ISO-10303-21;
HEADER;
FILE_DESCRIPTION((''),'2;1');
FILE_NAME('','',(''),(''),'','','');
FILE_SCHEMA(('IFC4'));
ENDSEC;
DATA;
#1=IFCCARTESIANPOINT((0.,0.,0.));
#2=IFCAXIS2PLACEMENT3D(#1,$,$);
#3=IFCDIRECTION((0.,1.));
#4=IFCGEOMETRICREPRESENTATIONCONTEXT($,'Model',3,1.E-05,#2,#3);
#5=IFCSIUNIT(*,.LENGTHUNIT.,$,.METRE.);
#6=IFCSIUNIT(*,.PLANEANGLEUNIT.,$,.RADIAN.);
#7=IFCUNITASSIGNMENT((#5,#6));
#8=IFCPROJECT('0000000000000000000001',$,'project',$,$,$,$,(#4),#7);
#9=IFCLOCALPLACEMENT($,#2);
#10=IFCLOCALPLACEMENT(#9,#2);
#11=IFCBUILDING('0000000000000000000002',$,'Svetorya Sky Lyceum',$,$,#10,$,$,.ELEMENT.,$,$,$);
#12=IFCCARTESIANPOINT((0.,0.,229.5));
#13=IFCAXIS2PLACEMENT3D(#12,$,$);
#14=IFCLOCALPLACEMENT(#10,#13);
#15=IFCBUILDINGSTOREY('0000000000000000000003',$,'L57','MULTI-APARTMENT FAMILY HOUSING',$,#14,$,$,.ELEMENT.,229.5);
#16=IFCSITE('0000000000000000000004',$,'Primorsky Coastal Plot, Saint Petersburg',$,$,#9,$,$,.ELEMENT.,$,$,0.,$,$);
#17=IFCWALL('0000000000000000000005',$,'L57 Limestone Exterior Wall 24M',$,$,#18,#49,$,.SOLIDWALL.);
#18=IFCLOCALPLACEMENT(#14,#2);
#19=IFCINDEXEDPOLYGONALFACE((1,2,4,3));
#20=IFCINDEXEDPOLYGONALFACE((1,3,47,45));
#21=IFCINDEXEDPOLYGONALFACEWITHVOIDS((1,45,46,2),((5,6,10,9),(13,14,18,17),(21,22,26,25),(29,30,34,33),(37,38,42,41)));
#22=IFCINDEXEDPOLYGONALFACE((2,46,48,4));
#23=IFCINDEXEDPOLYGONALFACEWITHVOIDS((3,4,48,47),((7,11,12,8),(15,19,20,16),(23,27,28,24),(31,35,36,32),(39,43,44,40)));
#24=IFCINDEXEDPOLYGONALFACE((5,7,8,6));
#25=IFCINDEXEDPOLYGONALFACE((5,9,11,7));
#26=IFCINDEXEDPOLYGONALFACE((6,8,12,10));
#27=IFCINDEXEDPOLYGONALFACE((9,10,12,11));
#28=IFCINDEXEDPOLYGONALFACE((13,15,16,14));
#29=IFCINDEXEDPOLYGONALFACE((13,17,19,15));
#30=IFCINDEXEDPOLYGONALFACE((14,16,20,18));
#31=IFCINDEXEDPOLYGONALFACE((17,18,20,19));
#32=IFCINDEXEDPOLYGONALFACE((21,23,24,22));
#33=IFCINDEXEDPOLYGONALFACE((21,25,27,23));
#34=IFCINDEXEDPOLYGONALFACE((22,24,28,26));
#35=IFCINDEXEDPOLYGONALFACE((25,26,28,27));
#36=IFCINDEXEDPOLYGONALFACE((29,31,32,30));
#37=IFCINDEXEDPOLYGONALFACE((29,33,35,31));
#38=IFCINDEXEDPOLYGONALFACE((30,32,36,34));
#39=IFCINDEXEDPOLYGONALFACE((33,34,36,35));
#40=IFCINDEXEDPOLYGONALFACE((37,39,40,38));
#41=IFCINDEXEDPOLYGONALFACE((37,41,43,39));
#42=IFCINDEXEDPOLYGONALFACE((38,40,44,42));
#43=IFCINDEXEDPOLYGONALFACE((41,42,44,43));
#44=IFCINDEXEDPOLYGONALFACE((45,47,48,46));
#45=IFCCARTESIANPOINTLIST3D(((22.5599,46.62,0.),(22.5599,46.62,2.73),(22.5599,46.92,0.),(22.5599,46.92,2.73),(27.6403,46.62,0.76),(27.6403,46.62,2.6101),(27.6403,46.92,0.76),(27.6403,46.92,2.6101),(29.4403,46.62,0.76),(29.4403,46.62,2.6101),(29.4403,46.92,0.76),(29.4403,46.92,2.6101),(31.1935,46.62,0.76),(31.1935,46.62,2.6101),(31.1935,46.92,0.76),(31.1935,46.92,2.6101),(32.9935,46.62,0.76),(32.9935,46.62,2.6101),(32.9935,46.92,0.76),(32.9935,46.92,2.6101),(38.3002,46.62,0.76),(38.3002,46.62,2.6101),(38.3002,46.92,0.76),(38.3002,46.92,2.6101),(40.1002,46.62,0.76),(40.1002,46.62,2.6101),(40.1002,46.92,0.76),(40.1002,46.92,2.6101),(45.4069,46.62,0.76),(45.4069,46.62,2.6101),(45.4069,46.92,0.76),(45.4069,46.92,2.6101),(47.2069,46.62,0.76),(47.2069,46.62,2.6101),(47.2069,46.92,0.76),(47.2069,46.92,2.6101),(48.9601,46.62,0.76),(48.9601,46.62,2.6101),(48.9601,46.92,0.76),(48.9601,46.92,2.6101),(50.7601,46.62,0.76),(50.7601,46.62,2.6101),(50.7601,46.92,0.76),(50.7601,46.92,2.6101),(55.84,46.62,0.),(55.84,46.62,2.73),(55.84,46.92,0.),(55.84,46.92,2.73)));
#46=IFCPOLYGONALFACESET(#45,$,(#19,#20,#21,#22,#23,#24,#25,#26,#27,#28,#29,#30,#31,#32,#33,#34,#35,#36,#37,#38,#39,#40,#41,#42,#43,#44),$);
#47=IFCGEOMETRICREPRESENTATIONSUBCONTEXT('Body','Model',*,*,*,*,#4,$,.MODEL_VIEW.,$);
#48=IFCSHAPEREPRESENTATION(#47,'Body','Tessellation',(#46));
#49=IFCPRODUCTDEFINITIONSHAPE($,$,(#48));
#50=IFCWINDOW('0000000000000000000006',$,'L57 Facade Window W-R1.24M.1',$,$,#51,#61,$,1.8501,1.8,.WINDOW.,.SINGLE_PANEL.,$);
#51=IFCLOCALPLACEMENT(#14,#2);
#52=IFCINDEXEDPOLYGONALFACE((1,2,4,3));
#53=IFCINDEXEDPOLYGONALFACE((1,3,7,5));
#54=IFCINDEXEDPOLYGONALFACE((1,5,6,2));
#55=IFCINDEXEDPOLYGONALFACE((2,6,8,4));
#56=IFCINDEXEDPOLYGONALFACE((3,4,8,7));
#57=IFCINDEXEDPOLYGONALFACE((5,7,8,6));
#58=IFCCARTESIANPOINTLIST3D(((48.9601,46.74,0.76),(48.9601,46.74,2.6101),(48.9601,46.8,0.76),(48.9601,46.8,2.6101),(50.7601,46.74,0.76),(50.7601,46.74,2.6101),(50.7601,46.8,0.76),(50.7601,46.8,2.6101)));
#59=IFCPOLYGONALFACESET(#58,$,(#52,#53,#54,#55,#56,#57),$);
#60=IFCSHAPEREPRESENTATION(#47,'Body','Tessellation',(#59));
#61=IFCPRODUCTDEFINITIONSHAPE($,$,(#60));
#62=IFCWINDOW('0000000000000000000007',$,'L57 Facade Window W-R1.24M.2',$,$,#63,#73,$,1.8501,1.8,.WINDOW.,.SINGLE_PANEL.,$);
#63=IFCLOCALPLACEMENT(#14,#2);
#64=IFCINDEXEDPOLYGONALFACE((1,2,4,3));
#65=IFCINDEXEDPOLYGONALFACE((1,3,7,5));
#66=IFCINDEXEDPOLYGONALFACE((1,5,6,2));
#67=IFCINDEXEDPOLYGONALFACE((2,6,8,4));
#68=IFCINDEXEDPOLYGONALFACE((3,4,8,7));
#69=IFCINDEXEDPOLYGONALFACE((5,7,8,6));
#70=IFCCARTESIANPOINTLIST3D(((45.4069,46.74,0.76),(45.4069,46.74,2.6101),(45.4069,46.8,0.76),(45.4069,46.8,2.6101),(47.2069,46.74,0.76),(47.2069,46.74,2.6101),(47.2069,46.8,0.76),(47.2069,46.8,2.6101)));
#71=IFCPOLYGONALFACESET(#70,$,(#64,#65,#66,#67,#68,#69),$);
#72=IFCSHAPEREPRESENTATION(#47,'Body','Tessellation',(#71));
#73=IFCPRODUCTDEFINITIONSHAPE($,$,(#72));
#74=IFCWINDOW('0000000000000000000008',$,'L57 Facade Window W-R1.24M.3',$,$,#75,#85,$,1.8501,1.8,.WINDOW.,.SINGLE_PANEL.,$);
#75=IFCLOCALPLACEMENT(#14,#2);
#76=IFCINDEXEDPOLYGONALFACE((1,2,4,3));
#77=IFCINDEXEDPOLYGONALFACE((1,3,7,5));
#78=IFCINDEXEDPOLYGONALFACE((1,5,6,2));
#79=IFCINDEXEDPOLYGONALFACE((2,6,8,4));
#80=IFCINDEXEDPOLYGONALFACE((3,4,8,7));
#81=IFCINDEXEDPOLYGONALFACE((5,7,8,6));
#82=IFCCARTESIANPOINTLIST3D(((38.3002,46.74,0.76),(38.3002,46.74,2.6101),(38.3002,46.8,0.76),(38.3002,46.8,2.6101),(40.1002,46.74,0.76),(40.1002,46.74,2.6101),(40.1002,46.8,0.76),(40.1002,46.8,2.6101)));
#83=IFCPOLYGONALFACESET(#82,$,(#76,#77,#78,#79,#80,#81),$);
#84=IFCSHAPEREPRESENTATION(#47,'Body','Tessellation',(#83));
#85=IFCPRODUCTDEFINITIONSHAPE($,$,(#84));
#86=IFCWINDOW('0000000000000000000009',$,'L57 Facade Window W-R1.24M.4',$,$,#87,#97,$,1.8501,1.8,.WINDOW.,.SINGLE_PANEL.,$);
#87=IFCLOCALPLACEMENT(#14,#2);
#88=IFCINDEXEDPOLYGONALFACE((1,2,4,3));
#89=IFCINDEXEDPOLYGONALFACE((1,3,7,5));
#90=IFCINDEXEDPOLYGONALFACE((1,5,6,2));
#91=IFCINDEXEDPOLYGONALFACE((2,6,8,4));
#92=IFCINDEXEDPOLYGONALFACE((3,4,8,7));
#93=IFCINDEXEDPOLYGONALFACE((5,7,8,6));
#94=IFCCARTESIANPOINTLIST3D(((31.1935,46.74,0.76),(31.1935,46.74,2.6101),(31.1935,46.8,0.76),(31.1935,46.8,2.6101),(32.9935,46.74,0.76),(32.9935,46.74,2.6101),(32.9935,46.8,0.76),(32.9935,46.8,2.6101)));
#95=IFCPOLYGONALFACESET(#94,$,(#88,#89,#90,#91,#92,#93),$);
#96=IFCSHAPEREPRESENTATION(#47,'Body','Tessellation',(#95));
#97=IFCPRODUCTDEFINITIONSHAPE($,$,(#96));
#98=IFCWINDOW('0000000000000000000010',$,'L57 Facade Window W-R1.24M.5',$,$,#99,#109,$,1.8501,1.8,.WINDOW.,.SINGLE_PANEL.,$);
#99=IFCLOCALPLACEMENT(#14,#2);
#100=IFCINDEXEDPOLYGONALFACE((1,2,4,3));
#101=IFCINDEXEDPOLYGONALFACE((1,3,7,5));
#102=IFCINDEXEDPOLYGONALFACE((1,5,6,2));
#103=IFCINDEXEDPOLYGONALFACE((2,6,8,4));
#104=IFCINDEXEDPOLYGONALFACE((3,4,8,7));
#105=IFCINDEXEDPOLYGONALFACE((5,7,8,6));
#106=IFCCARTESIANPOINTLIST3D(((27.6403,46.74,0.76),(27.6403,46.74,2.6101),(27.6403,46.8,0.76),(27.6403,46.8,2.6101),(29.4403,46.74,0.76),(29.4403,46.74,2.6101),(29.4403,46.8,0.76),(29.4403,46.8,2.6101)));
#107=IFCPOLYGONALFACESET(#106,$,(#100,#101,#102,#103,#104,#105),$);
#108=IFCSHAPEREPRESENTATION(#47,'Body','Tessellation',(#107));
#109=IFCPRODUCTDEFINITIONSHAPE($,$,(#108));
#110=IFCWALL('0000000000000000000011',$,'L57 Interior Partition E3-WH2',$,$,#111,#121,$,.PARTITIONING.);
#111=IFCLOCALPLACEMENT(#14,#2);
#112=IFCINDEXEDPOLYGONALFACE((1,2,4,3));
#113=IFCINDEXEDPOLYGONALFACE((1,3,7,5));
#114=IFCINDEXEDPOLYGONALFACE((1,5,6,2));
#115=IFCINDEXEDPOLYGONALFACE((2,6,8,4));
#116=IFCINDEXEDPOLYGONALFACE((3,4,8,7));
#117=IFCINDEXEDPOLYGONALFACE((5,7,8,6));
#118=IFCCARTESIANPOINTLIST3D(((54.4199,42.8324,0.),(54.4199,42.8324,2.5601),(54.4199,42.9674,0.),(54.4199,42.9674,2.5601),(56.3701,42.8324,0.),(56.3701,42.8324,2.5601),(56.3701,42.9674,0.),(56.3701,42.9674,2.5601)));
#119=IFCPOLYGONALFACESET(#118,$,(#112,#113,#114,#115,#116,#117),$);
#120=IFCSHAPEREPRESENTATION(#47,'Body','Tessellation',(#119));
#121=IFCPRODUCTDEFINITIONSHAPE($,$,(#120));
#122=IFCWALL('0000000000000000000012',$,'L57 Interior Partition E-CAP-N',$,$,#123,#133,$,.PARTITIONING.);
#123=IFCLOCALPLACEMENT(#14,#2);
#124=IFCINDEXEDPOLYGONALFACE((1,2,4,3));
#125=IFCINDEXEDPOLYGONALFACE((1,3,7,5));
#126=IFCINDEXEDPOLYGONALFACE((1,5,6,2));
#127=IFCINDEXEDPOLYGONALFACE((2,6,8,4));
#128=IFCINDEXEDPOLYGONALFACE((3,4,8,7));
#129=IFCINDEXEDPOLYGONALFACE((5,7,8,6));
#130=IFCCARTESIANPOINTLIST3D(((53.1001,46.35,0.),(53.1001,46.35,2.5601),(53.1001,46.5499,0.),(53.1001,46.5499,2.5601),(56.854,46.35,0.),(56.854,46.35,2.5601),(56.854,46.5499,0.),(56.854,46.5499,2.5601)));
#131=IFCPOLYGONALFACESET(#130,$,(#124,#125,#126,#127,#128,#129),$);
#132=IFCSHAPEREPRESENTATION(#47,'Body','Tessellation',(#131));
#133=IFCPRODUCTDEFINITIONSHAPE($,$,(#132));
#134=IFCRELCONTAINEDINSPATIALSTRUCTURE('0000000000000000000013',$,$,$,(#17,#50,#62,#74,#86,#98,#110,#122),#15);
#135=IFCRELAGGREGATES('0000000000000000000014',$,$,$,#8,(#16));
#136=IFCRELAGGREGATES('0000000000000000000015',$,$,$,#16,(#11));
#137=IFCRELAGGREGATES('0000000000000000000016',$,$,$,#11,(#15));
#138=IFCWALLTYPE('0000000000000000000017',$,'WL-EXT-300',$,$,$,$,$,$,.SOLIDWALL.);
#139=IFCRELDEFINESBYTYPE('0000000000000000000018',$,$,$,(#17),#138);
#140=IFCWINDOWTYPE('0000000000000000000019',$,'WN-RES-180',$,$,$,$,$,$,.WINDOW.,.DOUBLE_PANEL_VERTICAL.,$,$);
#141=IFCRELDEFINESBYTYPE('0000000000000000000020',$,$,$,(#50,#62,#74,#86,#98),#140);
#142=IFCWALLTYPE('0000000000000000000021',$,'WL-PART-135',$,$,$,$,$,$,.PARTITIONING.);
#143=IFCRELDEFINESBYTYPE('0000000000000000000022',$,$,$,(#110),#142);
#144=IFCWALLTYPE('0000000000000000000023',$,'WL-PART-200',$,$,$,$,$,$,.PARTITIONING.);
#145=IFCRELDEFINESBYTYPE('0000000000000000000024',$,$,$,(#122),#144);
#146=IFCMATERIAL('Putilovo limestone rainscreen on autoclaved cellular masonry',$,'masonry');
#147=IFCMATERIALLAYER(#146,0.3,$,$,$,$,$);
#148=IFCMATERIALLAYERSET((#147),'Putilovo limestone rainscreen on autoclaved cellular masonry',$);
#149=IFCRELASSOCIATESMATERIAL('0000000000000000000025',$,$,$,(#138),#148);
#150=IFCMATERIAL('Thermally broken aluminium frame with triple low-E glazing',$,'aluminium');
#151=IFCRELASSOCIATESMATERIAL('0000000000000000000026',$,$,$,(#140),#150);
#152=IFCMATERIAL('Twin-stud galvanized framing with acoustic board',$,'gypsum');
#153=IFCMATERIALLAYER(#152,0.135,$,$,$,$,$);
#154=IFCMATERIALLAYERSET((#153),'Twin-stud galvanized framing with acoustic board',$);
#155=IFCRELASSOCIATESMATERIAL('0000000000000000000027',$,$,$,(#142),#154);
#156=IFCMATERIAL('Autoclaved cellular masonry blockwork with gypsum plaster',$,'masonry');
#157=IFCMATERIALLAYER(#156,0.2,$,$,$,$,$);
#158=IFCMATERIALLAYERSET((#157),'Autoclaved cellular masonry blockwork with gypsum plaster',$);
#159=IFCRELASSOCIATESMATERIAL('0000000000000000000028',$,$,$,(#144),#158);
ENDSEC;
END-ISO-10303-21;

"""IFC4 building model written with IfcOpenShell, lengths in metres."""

from ifc_helpers import new_model, si_unit, direction, frame, frame_2d, origin, place, context, subcontext, project, spatial, rectangle, extrude, material, layer, layer_set, type_object, element, fill, save


model = new_model("IFC4")

# Units and contexts
model_context = context("Model", 3, precision=1e-05, world=origin(), true_north=direction((0.0, 1.0)))
body_context = subcontext(model_context, "Body", "Model", "MODEL_VIEW")
ifc_project = project(units=[si_unit("LENGTHUNIT", "METRE"), si_unit("PLANEANGLEUNIT", "RADIAN")], contexts=[model_context])

# Site, building, storey
site_placement = place(None, origin())
site = spatial("IfcSite", under=ifc_project, at=site_placement, Name="Primorsky Coastal Plot, Saint Petersburg", CompositionType="ELEMENT", RefElevation=0.0)
building_placement = place(site_placement, origin())
building = spatial("IfcBuilding", under=site, at=building_placement, Name="Svetorya Sky Lyceum", CompositionType="ELEMENT")
storey_placement = place(building_placement, frame((0.0, 0.0, 229.5)))
storey = spatial("IfcBuildingStorey", under=building, at=storey_placement, Name="L57", Description="MULTI-APARTMENT FAMILY HOUSING", CompositionType="ELEMENT", Elevation=229.5)

# Shared definitions
ifc_material_1 = material(Name="Putilovo limestone rainscreen on autoclaved cellular masonry", Category="masonry")
ifc_layer_1 = layer(ifc_material_1, 0.3)
ifc_layer_set_1 = layer_set([ifc_layer_1], Name="Putilovo limestone rainscreen on autoclaved cellular masonry")
wall_type_1 = type_object("IfcWallType", Name="WL-EXT-300", PredefinedType="SOLIDWALL", material=ifc_layer_set_1)

# Wall, openings, windows
wall_1_placement = place(storey_placement, frame((55.8401, 46.77, 0.0), z_axis=(0.0, 0.0, 1.0), x_axis=(-1.0, 0.0, 0.0)))
wall_1 = element("IfcWall", 1, at=wall_1_placement, inside=storey, type_object=wall_type_1, Name="L57 Limestone Exterior Wall 24M", PredefinedType="SOLIDWALL", context=body_context, shape_type="SweptSolid", body=[
    extrude(rectangle(XDim=33.28, YDim=0.3, at=frame_2d((16.6401, 0.0))), origin(), (0.0, 0.0, 1.0), 2.73),
])
opening_1_placement = place(wall_1_placement, frame((5.0801, 0.0, 0.76)))
opening_1 = element("IfcOpeningElement", 2, at=opening_1_placement, cuts=wall_1, PredefinedType="OPENING", context=body_context, shape_type="SweptSolid", body=[
    extrude(rectangle(XDim=1.8, YDim=1.8501, at=frame_2d((0.8999, 0.925))), frame((0.0, 0.1599, 0.0), z_axis=(0.0, -1.0, 0.0), x_axis=(1.0, 0.0, 0.0)), (0.0, 0.0, 1.0), 0.3201),
])
opening_2_placement = place(wall_1_placement, frame((8.6333, 0.0, 0.76)))
opening_2 = element("IfcOpeningElement", 3, at=opening_2_placement, cuts=wall_1, PredefinedType="OPENING", context=body_context, shape_type="SweptSolid", body=[
    extrude(rectangle(XDim=1.8, YDim=1.8501, at=frame_2d((0.8999, 0.925))), frame((0.0, 0.1599, 0.0), z_axis=(0.0, -1.0, 0.0), x_axis=(1.0, 0.0, 0.0)), (0.0, 0.0, 1.0), 0.3201),
])
opening_3_placement = place(wall_1_placement, frame((15.74, 0.0, 0.76)))
opening_3 = element("IfcOpeningElement", 4, at=opening_3_placement, cuts=wall_1, PredefinedType="OPENING", context=body_context, shape_type="SweptSolid", body=[
    extrude(rectangle(XDim=1.8, YDim=1.8501, at=frame_2d((0.8999, 0.925))), frame((0.0, 0.1599, 0.0), z_axis=(0.0, -1.0, 0.0), x_axis=(1.0, 0.0, 0.0)), (0.0, 0.0, 1.0), 0.3201),
])
opening_4_placement = place(wall_1_placement, frame((22.8467, 0.0, 0.76)))
opening_4 = element("IfcOpeningElement", 5, at=opening_4_placement, cuts=wall_1, PredefinedType="OPENING", context=body_context, shape_type="SweptSolid", body=[
    extrude(rectangle(XDim=1.8, YDim=1.8501, at=frame_2d((0.8999, 0.925))), frame((0.0, 0.1599, 0.0), z_axis=(0.0, -1.0, 0.0), x_axis=(1.0, 0.0, 0.0)), (0.0, 0.0, 1.0), 0.3201),
])
opening_5_placement = place(wall_1_placement, frame((26.3999, 0.0, 0.76)))
opening_5 = element("IfcOpeningElement", 6, at=opening_5_placement, cuts=wall_1, PredefinedType="OPENING", context=body_context, shape_type="SweptSolid", body=[
    extrude(rectangle(XDim=1.8, YDim=1.8501, at=frame_2d((0.8999, 0.925))), frame((0.0, 0.1599, 0.0), z_axis=(0.0, -1.0, 0.0), x_axis=(1.0, 0.0, 0.0)), (0.0, 0.0, 1.0), 0.3201),
])
ifc_material_2 = material(Name="Thermally broken aluminium frame with triple low-E glazing", Category="aluminium")
window_type = type_object("IfcWindowType", Name="WN-RES-180", PartitioningType="DOUBLE_PANEL_VERTICAL", PredefinedType="WINDOW", material=ifc_material_2)
window_1_placement = place(opening_1_placement, origin())
window_1 = element("IfcWindow", 7, at=window_1_placement, inside=storey, type_object=window_type, Name="L57 Facade Window W-R1.24M.1", OverallHeight=1.8501, OverallWidth=1.8, PartitioningType="SINGLE_PANEL", PredefinedType="WINDOW", context=body_context, shape_type="SweptSolid", body=[
    extrude(rectangle(XDim=1.8, YDim=1.8501, at=frame_2d((0.8999, 0.925))), frame((0.0, 0.03, 0.0), z_axis=(0.0, -1.0, 0.0), x_axis=(1.0, 0.0, 0.0)), (0.0, 0.0, 1.0), 0.0601),
])
fill(opening_1, window_1)
window_2_placement = place(opening_2_placement, origin())
window_2 = element("IfcWindow", 8, at=window_2_placement, inside=storey, type_object=window_type, Name="L57 Facade Window W-R1.24M.2", OverallHeight=1.8501, OverallWidth=1.8, PartitioningType="SINGLE_PANEL", PredefinedType="WINDOW", context=body_context, shape_type="SweptSolid", body=[
    extrude(rectangle(XDim=1.8, YDim=1.8501, at=frame_2d((0.8999, 0.925))), frame((0.0, 0.03, 0.0), z_axis=(0.0, -1.0, 0.0), x_axis=(1.0, 0.0, 0.0)), (0.0, 0.0, 1.0), 0.0601),
])
fill(opening_2, window_2)
window_3_placement = place(opening_3_placement, origin())
window_3 = element("IfcWindow", 9, at=window_3_placement, inside=storey, type_object=window_type, Name="L57 Facade Window W-R1.24M.3", OverallHeight=1.8501, OverallWidth=1.8, PartitioningType="SINGLE_PANEL", PredefinedType="WINDOW", context=body_context, shape_type="SweptSolid", body=[
    extrude(rectangle(XDim=1.8, YDim=1.8501, at=frame_2d((0.8999, 0.925))), frame((0.0, 0.03, 0.0), z_axis=(0.0, -1.0, 0.0), x_axis=(1.0, 0.0, 0.0)), (0.0, 0.0, 1.0), 0.0601),
])
fill(opening_3, window_3)
window_4_placement = place(opening_4_placement, origin())
window_4 = element("IfcWindow", 10, at=window_4_placement, inside=storey, type_object=window_type, Name="L57 Facade Window W-R1.24M.4", OverallHeight=1.8501, OverallWidth=1.8, PartitioningType="SINGLE_PANEL", PredefinedType="WINDOW", context=body_context, shape_type="SweptSolid", body=[
    extrude(rectangle(XDim=1.8, YDim=1.8501, at=frame_2d((0.8999, 0.925))), frame((0.0, 0.03, 0.0), z_axis=(0.0, -1.0, 0.0), x_axis=(1.0, 0.0, 0.0)), (0.0, 0.0, 1.0), 0.0601),
])
fill(opening_4, window_4)
window_5_placement = place(opening_5_placement, origin())
window_5 = element("IfcWindow", 11, at=window_5_placement, inside=storey, type_object=window_type, Name="L57 Facade Window W-R1.24M.5", OverallHeight=1.8501, OverallWidth=1.8, PartitioningType="SINGLE_PANEL", PredefinedType="WINDOW", context=body_context, shape_type="SweptSolid", body=[
    extrude(rectangle(XDim=1.8, YDim=1.8501, at=frame_2d((0.8999, 0.925))), frame((0.0, 0.03, 0.0), z_axis=(0.0, -1.0, 0.0), x_axis=(1.0, 0.0, 0.0)), (0.0, 0.0, 1.0), 0.0601),
])
fill(opening_5, window_5)

# Walls
ifc_material_3 = material(Name="Twin-stud galvanized framing with acoustic board", Category="gypsum")
ifc_layer_2 = layer(ifc_material_3, 0.135)
ifc_layer_set_2 = layer_set([ifc_layer_2], Name="Twin-stud galvanized framing with acoustic board")
wall_type_2 = type_object("IfcWallType", Name="WL-PART-135", PredefinedType="PARTITIONING", material=ifc_layer_set_2)
wall_2_placement = place(storey_placement, frame((54.4199, 42.8999, 0.0), z_axis=(0.0, 0.0, 1.0), x_axis=(1.0, 0.0, 0.0)))
element("IfcWall", 12, at=wall_2_placement, inside=storey, type_object=wall_type_2, Name="L57 Interior Partition E3-WH2", PredefinedType="PARTITIONING", context=body_context, shape_type="SweptSolid", body=[
    extrude(rectangle(XDim=1.9502, YDim=0.135, at=frame_2d((0.9751, 0.0))), origin(), (0.0, 0.0, 1.0), 2.5601),
])
ifc_material_4 = material(Name="Autoclaved cellular masonry blockwork with gypsum plaster", Category="masonry")
ifc_layer_3 = layer(ifc_material_4, 0.2)
ifc_layer_set_3 = layer_set([ifc_layer_3], Name="Autoclaved cellular masonry blockwork with gypsum plaster")
wall_type_3 = type_object("IfcWallType", Name="WL-PART-200", PredefinedType="PARTITIONING", material=ifc_layer_set_3)
wall_3_placement = place(storey_placement, frame((53.1001, 46.45, 0.0), z_axis=(0.0, 0.0, 1.0), x_axis=(1.0, 0.0, 0.0)))
element("IfcWall", 13, at=wall_3_placement, inside=storey, type_object=wall_type_3, Name="L57 Interior Partition E-CAP-N", PredefinedType="PARTITIONING", context=body_context, shape_type="SweptSolid", body=[
    extrude(rectangle(XDim=3.7539, YDim=0.2, at=frame_2d((1.877, 0.0))), origin(), (0.0, 0.0, 1.0), 2.5601),
])

save(model, "model.ifc")
